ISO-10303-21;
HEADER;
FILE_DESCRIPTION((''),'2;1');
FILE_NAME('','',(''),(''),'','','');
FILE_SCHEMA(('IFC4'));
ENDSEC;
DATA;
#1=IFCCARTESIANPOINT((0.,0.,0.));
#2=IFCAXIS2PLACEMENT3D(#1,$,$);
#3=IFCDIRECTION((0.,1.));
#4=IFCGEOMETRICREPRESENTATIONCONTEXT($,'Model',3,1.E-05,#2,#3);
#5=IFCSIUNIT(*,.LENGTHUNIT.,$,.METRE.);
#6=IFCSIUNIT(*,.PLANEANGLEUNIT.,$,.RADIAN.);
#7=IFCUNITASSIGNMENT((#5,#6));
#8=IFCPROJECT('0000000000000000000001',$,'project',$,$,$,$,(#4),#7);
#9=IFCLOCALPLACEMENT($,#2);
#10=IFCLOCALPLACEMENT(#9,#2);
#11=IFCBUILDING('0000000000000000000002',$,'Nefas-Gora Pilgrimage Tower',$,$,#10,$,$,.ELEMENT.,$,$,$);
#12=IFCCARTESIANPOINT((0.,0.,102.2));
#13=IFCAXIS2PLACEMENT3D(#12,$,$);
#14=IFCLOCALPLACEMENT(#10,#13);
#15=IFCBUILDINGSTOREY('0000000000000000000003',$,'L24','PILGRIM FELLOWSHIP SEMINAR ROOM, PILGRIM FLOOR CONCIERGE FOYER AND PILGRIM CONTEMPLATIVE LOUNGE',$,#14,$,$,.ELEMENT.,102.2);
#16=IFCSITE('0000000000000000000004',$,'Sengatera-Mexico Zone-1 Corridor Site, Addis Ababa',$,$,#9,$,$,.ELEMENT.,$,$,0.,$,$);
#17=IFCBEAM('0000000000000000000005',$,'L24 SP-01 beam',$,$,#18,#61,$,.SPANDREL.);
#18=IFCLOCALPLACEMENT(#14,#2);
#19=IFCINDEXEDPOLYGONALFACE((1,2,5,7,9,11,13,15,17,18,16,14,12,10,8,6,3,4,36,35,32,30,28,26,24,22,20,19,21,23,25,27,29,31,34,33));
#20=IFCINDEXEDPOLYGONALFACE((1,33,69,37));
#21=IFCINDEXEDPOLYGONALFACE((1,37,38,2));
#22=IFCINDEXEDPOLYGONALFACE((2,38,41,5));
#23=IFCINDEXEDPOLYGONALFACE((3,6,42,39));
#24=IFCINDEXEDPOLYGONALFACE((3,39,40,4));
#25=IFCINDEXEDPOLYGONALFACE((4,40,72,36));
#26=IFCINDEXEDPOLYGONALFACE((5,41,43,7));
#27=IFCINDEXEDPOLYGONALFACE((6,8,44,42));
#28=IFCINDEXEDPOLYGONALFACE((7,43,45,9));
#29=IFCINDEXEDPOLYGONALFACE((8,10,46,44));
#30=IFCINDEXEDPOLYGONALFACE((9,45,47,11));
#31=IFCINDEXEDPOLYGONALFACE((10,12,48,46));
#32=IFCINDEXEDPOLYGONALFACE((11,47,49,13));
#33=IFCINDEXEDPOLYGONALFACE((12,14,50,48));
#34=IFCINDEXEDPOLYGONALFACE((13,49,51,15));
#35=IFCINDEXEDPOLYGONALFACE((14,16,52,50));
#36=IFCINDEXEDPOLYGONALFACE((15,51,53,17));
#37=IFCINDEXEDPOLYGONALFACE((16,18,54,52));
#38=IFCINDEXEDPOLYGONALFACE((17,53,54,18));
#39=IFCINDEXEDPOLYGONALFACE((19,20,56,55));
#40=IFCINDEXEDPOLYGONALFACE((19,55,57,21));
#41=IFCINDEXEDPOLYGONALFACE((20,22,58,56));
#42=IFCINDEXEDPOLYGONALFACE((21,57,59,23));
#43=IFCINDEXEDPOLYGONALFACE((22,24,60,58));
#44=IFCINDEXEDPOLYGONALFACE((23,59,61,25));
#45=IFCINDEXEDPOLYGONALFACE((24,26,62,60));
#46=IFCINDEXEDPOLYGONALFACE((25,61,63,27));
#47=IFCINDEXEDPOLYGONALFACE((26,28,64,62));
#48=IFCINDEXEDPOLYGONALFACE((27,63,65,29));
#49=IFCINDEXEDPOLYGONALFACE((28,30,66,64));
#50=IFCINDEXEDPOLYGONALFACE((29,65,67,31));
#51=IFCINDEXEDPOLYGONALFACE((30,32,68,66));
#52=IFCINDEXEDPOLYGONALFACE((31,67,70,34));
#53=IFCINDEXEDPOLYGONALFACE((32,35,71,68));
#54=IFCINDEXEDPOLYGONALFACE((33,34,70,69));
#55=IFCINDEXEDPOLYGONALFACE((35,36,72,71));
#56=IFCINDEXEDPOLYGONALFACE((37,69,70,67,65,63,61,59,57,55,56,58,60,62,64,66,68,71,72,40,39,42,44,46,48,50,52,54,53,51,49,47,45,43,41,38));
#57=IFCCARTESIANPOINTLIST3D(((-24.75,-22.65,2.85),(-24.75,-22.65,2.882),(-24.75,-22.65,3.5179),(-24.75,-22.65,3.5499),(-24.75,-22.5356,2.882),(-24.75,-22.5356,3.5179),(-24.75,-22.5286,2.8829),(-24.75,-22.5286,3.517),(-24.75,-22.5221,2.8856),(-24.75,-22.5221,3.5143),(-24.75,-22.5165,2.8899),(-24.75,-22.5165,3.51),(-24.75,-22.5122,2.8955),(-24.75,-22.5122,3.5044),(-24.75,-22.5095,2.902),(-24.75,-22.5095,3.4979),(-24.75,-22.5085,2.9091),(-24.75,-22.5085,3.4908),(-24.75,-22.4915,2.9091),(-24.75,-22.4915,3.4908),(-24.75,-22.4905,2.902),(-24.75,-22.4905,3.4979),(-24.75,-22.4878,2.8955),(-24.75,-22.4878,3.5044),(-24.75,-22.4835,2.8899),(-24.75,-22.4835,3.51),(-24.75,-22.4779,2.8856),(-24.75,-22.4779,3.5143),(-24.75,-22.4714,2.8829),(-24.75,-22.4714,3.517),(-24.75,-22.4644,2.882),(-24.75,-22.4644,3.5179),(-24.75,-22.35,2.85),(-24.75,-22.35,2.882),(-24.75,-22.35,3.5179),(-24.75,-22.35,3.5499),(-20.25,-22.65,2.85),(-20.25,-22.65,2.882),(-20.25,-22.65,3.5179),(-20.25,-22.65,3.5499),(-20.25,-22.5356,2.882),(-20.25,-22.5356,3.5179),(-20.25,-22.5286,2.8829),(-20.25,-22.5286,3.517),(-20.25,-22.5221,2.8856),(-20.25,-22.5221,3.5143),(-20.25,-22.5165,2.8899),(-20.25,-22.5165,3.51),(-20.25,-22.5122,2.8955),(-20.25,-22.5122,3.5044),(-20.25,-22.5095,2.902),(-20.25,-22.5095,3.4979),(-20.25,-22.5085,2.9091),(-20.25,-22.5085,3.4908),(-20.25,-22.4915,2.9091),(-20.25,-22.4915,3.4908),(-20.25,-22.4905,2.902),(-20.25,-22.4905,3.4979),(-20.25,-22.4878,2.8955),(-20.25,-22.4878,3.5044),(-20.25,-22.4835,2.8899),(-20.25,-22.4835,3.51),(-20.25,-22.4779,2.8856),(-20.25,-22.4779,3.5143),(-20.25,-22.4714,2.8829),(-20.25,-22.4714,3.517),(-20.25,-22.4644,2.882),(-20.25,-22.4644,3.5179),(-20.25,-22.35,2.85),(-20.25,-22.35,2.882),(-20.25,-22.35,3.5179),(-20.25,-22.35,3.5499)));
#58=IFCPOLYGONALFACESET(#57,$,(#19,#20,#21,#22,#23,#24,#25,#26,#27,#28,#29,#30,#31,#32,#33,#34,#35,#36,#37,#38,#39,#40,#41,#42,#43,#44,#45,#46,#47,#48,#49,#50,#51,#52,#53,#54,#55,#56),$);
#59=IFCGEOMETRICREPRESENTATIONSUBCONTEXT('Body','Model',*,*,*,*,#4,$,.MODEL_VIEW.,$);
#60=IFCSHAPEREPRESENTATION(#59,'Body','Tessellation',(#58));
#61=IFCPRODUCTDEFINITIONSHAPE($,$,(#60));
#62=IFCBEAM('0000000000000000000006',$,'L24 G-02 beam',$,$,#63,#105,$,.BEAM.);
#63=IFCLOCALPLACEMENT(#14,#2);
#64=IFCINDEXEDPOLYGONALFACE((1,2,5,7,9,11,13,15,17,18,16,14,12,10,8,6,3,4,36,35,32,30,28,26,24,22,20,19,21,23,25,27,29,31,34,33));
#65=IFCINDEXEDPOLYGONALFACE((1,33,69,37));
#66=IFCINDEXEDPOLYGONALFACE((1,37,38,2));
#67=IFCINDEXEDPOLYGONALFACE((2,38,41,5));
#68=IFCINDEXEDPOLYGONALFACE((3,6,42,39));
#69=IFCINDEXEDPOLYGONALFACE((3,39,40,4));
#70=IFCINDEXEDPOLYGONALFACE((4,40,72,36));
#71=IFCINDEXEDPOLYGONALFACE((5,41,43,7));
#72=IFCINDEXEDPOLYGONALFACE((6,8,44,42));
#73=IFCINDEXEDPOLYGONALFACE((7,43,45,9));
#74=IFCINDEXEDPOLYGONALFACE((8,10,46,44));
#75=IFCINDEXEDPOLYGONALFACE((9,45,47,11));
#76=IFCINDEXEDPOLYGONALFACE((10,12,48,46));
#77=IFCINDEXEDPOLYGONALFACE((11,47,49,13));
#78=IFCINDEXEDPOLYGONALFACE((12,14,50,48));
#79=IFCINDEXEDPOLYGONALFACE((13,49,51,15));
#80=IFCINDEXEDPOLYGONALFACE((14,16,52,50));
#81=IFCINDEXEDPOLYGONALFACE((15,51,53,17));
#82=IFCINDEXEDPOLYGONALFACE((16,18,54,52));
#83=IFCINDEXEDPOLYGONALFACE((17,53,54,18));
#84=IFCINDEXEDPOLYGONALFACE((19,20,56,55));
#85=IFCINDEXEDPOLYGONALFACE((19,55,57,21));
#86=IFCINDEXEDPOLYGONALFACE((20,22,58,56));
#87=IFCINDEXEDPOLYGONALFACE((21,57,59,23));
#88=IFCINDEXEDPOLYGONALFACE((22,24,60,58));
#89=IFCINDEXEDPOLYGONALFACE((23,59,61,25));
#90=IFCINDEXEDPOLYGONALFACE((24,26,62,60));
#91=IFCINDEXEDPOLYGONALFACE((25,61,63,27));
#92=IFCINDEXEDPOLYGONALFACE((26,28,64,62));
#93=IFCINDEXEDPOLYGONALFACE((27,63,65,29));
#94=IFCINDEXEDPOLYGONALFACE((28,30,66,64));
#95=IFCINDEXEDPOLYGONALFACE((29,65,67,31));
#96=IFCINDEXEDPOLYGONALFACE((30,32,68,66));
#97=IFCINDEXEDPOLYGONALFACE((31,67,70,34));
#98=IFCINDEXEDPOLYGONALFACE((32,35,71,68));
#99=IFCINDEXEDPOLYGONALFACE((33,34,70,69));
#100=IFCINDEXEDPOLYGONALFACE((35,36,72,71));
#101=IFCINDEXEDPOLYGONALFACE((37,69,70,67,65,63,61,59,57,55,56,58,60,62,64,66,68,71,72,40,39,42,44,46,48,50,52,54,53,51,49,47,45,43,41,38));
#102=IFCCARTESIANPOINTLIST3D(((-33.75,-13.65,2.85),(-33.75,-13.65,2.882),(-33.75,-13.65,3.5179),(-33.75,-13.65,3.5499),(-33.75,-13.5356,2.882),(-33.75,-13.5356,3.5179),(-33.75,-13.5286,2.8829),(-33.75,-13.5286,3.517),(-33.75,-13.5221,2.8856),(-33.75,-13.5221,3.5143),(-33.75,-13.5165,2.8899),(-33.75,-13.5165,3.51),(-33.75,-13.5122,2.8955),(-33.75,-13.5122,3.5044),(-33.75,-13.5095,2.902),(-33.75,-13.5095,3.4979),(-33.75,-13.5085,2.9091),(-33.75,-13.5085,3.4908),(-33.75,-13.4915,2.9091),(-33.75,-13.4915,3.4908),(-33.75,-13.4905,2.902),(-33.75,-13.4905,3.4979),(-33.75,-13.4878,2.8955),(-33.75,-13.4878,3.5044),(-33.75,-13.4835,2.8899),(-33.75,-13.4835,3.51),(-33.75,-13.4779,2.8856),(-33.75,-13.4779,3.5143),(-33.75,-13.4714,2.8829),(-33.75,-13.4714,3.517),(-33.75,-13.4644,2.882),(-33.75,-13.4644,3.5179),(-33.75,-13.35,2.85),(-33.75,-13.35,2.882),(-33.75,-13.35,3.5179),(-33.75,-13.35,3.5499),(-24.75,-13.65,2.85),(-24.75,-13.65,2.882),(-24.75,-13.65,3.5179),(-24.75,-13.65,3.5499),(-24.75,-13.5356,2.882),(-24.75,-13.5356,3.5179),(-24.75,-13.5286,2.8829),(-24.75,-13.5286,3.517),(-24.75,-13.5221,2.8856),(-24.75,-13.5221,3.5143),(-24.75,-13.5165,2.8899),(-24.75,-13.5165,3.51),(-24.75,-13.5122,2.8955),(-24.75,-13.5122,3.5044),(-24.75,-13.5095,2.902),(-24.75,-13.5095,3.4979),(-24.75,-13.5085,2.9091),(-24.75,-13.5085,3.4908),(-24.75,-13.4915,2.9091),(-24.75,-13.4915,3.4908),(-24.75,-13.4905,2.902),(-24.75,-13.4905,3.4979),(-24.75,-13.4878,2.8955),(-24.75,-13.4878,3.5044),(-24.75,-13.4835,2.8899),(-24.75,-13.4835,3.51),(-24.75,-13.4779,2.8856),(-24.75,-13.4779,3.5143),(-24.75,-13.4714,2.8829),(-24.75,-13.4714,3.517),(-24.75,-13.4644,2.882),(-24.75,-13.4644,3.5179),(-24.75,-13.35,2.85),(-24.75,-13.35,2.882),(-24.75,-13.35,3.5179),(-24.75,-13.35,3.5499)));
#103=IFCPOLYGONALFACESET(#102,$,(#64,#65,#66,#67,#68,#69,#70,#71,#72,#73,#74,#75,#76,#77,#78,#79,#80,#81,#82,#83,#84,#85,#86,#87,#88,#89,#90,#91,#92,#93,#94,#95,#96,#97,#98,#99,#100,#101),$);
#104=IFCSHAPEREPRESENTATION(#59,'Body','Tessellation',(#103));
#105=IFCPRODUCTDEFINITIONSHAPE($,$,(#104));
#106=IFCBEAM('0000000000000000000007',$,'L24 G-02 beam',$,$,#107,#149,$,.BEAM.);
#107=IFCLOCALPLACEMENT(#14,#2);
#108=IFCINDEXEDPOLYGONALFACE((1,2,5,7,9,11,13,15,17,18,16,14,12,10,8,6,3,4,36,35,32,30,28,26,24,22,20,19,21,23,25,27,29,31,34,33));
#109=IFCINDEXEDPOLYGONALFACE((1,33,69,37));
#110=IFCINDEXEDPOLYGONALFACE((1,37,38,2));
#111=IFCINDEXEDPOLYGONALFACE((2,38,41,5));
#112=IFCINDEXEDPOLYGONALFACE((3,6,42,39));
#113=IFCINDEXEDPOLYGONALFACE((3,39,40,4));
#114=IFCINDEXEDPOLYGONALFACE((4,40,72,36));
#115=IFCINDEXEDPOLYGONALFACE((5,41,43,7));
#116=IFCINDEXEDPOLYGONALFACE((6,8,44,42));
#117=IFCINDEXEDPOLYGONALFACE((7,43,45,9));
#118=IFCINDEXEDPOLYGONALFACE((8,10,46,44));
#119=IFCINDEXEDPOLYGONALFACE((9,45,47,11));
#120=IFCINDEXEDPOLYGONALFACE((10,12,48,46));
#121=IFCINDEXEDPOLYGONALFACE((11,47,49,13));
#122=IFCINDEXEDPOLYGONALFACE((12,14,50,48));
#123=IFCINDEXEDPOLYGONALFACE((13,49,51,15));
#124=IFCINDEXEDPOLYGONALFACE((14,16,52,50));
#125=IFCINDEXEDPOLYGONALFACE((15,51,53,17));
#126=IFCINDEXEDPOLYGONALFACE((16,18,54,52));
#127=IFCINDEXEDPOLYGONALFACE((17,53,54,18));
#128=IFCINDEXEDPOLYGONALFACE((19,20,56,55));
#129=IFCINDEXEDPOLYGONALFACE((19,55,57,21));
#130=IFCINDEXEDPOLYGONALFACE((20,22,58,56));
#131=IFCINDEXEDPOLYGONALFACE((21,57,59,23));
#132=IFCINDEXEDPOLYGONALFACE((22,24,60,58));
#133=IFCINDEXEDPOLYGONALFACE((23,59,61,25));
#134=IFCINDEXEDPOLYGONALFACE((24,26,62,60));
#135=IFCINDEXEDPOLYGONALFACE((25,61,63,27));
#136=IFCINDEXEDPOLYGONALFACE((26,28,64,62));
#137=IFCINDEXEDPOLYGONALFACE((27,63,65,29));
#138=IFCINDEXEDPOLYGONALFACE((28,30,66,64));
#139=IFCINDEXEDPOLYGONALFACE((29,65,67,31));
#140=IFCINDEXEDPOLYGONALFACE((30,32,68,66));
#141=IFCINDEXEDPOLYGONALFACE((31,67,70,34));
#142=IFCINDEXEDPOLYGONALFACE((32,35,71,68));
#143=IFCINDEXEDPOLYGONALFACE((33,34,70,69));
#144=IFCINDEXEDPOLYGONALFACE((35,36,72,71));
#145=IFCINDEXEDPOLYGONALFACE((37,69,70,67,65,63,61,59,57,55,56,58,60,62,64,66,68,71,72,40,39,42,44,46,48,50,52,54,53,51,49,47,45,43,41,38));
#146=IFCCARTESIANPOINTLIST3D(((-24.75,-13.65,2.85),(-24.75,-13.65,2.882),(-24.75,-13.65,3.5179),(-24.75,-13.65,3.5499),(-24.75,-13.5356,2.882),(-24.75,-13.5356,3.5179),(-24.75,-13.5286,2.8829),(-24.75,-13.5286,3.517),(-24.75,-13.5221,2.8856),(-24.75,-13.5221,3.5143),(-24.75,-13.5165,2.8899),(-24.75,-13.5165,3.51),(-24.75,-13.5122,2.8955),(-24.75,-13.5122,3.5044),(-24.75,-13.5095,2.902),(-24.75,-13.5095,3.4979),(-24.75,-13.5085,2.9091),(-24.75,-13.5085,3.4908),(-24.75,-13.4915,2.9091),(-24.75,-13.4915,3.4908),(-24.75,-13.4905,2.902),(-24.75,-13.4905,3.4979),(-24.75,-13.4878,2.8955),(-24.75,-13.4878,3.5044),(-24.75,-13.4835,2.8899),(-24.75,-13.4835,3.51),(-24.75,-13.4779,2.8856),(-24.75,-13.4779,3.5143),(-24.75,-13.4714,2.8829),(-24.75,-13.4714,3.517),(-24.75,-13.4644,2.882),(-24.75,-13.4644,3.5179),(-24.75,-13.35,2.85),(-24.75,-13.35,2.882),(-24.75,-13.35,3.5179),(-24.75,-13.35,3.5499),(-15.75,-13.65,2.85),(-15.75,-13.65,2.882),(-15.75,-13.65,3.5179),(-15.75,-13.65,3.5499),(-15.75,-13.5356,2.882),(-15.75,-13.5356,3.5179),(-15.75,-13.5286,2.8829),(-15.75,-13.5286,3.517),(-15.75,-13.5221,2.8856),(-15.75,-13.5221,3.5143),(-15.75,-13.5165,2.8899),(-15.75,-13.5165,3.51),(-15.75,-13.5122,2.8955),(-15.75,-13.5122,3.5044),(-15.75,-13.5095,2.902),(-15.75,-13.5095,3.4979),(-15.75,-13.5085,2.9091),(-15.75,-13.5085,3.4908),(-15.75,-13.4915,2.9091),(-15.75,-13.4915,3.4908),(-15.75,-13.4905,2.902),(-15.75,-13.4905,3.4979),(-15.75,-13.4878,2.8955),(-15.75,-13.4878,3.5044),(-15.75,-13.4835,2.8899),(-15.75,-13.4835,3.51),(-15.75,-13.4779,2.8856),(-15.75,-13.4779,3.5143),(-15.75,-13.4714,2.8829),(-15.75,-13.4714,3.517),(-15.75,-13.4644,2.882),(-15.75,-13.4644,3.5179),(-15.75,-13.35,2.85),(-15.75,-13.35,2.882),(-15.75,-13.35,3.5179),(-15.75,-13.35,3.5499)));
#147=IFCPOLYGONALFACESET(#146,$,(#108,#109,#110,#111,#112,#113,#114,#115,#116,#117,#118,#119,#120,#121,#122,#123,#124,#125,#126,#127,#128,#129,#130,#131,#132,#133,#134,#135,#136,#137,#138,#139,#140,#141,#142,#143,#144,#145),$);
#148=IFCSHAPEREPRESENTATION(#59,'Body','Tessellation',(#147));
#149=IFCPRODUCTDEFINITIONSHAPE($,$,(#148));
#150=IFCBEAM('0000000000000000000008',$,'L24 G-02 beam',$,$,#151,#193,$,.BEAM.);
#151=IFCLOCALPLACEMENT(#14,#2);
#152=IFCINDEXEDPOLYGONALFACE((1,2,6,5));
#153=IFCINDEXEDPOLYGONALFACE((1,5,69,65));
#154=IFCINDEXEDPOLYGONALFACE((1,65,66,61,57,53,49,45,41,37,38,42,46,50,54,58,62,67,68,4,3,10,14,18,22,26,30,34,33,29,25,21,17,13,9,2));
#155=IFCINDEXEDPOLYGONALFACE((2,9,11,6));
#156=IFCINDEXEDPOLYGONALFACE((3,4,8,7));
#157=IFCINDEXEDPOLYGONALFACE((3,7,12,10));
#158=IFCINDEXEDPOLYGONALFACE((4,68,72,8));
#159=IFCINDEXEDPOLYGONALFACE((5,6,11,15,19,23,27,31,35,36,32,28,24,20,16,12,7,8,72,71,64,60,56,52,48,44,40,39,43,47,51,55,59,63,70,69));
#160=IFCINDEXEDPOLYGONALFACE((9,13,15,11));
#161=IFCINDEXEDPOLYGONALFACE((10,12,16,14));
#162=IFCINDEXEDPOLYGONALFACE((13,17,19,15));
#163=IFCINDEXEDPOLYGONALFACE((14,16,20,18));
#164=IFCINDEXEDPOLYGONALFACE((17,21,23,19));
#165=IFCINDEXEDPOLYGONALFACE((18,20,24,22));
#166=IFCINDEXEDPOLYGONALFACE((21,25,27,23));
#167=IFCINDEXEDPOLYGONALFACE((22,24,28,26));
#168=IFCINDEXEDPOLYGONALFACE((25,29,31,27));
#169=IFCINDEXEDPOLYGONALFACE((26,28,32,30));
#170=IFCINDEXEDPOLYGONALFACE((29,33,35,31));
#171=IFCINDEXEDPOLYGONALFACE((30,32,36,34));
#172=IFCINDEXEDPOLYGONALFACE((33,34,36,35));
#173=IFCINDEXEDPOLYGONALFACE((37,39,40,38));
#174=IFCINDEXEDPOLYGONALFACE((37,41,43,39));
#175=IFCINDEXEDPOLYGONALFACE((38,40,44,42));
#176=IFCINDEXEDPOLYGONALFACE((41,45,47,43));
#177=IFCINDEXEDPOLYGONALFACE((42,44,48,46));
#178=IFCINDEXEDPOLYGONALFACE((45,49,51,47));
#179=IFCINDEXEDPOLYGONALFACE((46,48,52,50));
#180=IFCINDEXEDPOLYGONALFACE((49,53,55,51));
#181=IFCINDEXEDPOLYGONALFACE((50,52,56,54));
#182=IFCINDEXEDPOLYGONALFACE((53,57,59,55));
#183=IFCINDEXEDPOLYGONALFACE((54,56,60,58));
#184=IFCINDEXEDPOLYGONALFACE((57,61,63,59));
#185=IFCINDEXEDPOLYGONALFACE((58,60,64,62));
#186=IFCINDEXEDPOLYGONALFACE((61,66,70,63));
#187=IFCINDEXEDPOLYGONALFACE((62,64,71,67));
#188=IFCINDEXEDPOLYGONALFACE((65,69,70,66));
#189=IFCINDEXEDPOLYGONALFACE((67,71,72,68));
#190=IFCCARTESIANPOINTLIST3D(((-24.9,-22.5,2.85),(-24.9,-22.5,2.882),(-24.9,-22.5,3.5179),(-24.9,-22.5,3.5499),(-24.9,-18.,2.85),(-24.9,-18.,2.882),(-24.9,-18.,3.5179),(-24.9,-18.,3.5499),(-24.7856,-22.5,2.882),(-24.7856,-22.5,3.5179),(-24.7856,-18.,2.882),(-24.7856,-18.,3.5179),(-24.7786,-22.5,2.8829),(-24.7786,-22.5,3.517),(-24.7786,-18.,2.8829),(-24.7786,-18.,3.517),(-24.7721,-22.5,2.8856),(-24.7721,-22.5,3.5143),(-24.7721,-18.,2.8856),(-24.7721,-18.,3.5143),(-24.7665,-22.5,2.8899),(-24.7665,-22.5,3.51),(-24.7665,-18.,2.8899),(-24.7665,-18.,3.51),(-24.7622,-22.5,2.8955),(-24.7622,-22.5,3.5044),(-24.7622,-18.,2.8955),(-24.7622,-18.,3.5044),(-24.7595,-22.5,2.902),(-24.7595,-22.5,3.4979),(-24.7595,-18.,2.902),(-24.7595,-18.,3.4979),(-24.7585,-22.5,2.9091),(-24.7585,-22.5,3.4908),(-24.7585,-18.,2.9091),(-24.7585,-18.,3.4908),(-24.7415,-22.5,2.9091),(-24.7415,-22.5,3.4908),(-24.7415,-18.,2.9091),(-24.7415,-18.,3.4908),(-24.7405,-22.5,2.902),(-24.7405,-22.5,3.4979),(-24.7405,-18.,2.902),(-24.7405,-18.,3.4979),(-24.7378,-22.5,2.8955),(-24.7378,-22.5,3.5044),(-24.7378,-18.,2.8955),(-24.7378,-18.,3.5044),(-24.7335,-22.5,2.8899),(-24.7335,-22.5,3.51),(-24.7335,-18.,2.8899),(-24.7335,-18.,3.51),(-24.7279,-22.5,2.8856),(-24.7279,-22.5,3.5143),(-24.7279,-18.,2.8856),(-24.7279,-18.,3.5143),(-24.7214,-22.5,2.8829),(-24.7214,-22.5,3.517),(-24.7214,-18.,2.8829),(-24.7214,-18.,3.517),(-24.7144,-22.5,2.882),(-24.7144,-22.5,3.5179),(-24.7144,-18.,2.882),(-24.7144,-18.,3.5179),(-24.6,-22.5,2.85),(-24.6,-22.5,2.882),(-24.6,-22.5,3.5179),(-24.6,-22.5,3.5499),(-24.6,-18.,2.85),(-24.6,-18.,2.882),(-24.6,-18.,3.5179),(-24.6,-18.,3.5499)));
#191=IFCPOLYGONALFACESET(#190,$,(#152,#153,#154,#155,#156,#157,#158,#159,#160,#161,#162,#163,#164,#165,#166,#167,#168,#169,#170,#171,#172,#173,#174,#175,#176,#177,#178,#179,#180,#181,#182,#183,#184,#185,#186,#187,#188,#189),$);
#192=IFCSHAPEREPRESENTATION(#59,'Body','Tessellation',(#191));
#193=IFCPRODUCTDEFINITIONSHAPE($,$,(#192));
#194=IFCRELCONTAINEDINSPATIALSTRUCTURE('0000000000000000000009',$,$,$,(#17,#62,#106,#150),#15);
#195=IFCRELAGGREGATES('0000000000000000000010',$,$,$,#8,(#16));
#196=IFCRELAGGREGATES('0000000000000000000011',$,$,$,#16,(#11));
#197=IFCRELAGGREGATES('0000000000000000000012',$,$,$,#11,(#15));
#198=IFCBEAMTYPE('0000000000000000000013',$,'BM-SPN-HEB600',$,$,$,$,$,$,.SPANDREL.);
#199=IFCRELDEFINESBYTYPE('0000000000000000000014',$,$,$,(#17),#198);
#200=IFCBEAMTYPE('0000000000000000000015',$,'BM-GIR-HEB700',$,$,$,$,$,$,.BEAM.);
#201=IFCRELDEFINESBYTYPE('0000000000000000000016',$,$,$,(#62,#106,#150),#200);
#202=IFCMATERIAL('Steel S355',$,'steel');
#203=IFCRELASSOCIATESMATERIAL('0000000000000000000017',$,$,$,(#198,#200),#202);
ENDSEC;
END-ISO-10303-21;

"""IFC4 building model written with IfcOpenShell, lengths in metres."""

from ifc_helpers import new_model, si_unit, direction, frame, origin, origin_2d, place, context, subcontext, project, spatial, i_section, extrude, source, transform, mapped, material, material_profile, profile_set, type_object, element, save


model = new_model("IFC4")

# Units and contexts
model_context = context("Model", 3, precision=1e-05, world=origin(), true_north=direction((0.0, 1.0)))
body_context = subcontext(model_context, "Body", "Model", "MODEL_VIEW")
ifc_project = project(units=[si_unit("LENGTHUNIT", "METRE"), si_unit("PLANEANGLEUNIT", "RADIAN")], contexts=[model_context])

# Site, building, storey
site_placement = place(None, origin())
site = spatial("IfcSite", under=ifc_project, at=site_placement, Name="Sengatera-Mexico Zone-1 Corridor Site, Addis Ababa", CompositionType="ELEMENT", RefElevation=0.0)
building_placement = place(site_placement, origin())
building = spatial("IfcBuilding", under=site, at=building_placement, Name="Nefas-Gora Pilgrimage Tower", CompositionType="ELEMENT")
storey_placement = place(building_placement, frame((0.0, 0.0, 102.2)))
storey = spatial("IfcBuildingStorey", under=building, at=storey_placement, Name="L24", Description="PILGRIM FELLOWSHIP SEMINAR ROOM, PILGRIM FLOOR CONCIERGE FOYER AND PILGRIM CONTEMPLATIVE LOUNGE", CompositionType="ELEMENT", Elevation=102.2)

# Beams
ifc_material_1 = material(Name="Steel S355", Category="steel")
ifc_material_profile_1 = material_profile(ifc_material_1, i_section(OverallWidth=0.3, OverallDepth=0.7, WebThickness=0.0171, FlangeThickness=0.032, FilletRadius=0.0271, at=origin_2d()), Name="HEB 700")
ifc_profile_set_1 = profile_set([ifc_material_profile_1], Name="Steel S355")
beam_type_1 = type_object("IfcBeamType", Name="BM-SPN-HEB600", PredefinedType="SPANDREL", material=ifc_profile_set_1)
shared_shape_1 = source(origin(), body_context, "Body", "SweptSolid", [
    extrude(i_section(OverallWidth=0.3, OverallDepth=0.7, WebThickness=0.0171, FlangeThickness=0.032, FilletRadius=0.0271, at=origin_2d()), origin(), (0.0, 0.0, 1.0), 4.5),
])
for number, where, z_axis, x_axis, name in (
    (1, (-24.75, -22.5, 3.2), (1.0, 0.0, 0.0), (0.0, 1.0, 0.0), "L24 SP-01 beam"),
):
    element("IfcBeam", number, at=place(storey_placement, frame(where, z_axis=z_axis, x_axis=x_axis)), inside=storey, type_object=beam_type_1, Name=name, PredefinedType="SPANDREL", context=body_context, shape_type="MappedRepresentation", body=[
        mapped(shared_shape_1, transform((0.0, 0.0, 0.0), x_axis=(1.0, 0.0, 0.0), y_axis=(0.0, 1.0, 0.0), z_axis=(0.0, 0.0, 1.0), scale=1.0)),
    ])
ifc_material_profile_2 = material_profile(ifc_material_1, i_section(OverallWidth=0.3, OverallDepth=0.7, WebThickness=0.0171, FlangeThickness=0.032, FilletRadius=0.0271, at=origin_2d()), Name="HEB 700")
ifc_profile_set_2 = profile_set([ifc_material_profile_2], Name="Steel S355")
beam_type_2 = type_object("IfcBeamType", Name="BM-GIR-HEB700", PredefinedType="BEAM", material=ifc_profile_set_2)
shared_shape_2 = source(origin(), body_context, "Body", "SweptSolid", [
    extrude(i_section(OverallWidth=0.3, OverallDepth=0.7, WebThickness=0.0171, FlangeThickness=0.032, FilletRadius=0.0271, at=origin_2d()), origin(), (0.0, 0.0, 1.0), 9.0),
])
for number, where, z_axis, x_axis, name in (
    (2, (-33.75, -13.5, 3.2), (1.0, 0.0, 0.0), (0.0, 1.0, 0.0), "L24 G-02 beam"),
    (3, (-24.75, -13.5, 3.2), (1.0, 0.0, 0.0), (0.0, 1.0, 0.0), "L24 G-02 beam"),
):
    element("IfcBeam", number, at=place(storey_placement, frame(where, z_axis=z_axis, x_axis=x_axis)), inside=storey, type_object=beam_type_2, Name=name, PredefinedType="BEAM", context=body_context, shape_type="MappedRepresentation", body=[
        mapped(shared_shape_2, transform((0.0, 0.0, 0.0), x_axis=(1.0, 0.0, 0.0), y_axis=(0.0, 1.0, 0.0), z_axis=(0.0, 0.0, 1.0), scale=1.0)),
    ])
shared_shape_3 = source(origin(), body_context, "Body", "SweptSolid", [
    extrude(i_section(OverallWidth=0.3, OverallDepth=0.7, WebThickness=0.0171, FlangeThickness=0.032, FilletRadius=0.0271, at=origin_2d()), origin(), (0.0, 0.0, 1.0), 4.5),
])
for number, where, z_axis, x_axis, name in (
    (4, (-24.75, -22.5, 3.2), (0.0, 1.0, 0.0), (-1.0, 0.0, 0.0), "L24 G-02 beam"),
):
    element("IfcBeam", number, at=place(storey_placement, frame(where, z_axis=z_axis, x_axis=x_axis)), inside=storey, type_object=beam_type_2, Name=name, PredefinedType="BEAM", context=body_context, shape_type="MappedRepresentation", body=[
        mapped(shared_shape_3, transform((0.0, 0.0, 0.0), x_axis=(1.0, 0.0, 0.0), y_axis=(0.0, 1.0, 0.0), z_axis=(0.0, 0.0, 1.0), scale=1.0)),
    ])

save(model, "model.ifc")
